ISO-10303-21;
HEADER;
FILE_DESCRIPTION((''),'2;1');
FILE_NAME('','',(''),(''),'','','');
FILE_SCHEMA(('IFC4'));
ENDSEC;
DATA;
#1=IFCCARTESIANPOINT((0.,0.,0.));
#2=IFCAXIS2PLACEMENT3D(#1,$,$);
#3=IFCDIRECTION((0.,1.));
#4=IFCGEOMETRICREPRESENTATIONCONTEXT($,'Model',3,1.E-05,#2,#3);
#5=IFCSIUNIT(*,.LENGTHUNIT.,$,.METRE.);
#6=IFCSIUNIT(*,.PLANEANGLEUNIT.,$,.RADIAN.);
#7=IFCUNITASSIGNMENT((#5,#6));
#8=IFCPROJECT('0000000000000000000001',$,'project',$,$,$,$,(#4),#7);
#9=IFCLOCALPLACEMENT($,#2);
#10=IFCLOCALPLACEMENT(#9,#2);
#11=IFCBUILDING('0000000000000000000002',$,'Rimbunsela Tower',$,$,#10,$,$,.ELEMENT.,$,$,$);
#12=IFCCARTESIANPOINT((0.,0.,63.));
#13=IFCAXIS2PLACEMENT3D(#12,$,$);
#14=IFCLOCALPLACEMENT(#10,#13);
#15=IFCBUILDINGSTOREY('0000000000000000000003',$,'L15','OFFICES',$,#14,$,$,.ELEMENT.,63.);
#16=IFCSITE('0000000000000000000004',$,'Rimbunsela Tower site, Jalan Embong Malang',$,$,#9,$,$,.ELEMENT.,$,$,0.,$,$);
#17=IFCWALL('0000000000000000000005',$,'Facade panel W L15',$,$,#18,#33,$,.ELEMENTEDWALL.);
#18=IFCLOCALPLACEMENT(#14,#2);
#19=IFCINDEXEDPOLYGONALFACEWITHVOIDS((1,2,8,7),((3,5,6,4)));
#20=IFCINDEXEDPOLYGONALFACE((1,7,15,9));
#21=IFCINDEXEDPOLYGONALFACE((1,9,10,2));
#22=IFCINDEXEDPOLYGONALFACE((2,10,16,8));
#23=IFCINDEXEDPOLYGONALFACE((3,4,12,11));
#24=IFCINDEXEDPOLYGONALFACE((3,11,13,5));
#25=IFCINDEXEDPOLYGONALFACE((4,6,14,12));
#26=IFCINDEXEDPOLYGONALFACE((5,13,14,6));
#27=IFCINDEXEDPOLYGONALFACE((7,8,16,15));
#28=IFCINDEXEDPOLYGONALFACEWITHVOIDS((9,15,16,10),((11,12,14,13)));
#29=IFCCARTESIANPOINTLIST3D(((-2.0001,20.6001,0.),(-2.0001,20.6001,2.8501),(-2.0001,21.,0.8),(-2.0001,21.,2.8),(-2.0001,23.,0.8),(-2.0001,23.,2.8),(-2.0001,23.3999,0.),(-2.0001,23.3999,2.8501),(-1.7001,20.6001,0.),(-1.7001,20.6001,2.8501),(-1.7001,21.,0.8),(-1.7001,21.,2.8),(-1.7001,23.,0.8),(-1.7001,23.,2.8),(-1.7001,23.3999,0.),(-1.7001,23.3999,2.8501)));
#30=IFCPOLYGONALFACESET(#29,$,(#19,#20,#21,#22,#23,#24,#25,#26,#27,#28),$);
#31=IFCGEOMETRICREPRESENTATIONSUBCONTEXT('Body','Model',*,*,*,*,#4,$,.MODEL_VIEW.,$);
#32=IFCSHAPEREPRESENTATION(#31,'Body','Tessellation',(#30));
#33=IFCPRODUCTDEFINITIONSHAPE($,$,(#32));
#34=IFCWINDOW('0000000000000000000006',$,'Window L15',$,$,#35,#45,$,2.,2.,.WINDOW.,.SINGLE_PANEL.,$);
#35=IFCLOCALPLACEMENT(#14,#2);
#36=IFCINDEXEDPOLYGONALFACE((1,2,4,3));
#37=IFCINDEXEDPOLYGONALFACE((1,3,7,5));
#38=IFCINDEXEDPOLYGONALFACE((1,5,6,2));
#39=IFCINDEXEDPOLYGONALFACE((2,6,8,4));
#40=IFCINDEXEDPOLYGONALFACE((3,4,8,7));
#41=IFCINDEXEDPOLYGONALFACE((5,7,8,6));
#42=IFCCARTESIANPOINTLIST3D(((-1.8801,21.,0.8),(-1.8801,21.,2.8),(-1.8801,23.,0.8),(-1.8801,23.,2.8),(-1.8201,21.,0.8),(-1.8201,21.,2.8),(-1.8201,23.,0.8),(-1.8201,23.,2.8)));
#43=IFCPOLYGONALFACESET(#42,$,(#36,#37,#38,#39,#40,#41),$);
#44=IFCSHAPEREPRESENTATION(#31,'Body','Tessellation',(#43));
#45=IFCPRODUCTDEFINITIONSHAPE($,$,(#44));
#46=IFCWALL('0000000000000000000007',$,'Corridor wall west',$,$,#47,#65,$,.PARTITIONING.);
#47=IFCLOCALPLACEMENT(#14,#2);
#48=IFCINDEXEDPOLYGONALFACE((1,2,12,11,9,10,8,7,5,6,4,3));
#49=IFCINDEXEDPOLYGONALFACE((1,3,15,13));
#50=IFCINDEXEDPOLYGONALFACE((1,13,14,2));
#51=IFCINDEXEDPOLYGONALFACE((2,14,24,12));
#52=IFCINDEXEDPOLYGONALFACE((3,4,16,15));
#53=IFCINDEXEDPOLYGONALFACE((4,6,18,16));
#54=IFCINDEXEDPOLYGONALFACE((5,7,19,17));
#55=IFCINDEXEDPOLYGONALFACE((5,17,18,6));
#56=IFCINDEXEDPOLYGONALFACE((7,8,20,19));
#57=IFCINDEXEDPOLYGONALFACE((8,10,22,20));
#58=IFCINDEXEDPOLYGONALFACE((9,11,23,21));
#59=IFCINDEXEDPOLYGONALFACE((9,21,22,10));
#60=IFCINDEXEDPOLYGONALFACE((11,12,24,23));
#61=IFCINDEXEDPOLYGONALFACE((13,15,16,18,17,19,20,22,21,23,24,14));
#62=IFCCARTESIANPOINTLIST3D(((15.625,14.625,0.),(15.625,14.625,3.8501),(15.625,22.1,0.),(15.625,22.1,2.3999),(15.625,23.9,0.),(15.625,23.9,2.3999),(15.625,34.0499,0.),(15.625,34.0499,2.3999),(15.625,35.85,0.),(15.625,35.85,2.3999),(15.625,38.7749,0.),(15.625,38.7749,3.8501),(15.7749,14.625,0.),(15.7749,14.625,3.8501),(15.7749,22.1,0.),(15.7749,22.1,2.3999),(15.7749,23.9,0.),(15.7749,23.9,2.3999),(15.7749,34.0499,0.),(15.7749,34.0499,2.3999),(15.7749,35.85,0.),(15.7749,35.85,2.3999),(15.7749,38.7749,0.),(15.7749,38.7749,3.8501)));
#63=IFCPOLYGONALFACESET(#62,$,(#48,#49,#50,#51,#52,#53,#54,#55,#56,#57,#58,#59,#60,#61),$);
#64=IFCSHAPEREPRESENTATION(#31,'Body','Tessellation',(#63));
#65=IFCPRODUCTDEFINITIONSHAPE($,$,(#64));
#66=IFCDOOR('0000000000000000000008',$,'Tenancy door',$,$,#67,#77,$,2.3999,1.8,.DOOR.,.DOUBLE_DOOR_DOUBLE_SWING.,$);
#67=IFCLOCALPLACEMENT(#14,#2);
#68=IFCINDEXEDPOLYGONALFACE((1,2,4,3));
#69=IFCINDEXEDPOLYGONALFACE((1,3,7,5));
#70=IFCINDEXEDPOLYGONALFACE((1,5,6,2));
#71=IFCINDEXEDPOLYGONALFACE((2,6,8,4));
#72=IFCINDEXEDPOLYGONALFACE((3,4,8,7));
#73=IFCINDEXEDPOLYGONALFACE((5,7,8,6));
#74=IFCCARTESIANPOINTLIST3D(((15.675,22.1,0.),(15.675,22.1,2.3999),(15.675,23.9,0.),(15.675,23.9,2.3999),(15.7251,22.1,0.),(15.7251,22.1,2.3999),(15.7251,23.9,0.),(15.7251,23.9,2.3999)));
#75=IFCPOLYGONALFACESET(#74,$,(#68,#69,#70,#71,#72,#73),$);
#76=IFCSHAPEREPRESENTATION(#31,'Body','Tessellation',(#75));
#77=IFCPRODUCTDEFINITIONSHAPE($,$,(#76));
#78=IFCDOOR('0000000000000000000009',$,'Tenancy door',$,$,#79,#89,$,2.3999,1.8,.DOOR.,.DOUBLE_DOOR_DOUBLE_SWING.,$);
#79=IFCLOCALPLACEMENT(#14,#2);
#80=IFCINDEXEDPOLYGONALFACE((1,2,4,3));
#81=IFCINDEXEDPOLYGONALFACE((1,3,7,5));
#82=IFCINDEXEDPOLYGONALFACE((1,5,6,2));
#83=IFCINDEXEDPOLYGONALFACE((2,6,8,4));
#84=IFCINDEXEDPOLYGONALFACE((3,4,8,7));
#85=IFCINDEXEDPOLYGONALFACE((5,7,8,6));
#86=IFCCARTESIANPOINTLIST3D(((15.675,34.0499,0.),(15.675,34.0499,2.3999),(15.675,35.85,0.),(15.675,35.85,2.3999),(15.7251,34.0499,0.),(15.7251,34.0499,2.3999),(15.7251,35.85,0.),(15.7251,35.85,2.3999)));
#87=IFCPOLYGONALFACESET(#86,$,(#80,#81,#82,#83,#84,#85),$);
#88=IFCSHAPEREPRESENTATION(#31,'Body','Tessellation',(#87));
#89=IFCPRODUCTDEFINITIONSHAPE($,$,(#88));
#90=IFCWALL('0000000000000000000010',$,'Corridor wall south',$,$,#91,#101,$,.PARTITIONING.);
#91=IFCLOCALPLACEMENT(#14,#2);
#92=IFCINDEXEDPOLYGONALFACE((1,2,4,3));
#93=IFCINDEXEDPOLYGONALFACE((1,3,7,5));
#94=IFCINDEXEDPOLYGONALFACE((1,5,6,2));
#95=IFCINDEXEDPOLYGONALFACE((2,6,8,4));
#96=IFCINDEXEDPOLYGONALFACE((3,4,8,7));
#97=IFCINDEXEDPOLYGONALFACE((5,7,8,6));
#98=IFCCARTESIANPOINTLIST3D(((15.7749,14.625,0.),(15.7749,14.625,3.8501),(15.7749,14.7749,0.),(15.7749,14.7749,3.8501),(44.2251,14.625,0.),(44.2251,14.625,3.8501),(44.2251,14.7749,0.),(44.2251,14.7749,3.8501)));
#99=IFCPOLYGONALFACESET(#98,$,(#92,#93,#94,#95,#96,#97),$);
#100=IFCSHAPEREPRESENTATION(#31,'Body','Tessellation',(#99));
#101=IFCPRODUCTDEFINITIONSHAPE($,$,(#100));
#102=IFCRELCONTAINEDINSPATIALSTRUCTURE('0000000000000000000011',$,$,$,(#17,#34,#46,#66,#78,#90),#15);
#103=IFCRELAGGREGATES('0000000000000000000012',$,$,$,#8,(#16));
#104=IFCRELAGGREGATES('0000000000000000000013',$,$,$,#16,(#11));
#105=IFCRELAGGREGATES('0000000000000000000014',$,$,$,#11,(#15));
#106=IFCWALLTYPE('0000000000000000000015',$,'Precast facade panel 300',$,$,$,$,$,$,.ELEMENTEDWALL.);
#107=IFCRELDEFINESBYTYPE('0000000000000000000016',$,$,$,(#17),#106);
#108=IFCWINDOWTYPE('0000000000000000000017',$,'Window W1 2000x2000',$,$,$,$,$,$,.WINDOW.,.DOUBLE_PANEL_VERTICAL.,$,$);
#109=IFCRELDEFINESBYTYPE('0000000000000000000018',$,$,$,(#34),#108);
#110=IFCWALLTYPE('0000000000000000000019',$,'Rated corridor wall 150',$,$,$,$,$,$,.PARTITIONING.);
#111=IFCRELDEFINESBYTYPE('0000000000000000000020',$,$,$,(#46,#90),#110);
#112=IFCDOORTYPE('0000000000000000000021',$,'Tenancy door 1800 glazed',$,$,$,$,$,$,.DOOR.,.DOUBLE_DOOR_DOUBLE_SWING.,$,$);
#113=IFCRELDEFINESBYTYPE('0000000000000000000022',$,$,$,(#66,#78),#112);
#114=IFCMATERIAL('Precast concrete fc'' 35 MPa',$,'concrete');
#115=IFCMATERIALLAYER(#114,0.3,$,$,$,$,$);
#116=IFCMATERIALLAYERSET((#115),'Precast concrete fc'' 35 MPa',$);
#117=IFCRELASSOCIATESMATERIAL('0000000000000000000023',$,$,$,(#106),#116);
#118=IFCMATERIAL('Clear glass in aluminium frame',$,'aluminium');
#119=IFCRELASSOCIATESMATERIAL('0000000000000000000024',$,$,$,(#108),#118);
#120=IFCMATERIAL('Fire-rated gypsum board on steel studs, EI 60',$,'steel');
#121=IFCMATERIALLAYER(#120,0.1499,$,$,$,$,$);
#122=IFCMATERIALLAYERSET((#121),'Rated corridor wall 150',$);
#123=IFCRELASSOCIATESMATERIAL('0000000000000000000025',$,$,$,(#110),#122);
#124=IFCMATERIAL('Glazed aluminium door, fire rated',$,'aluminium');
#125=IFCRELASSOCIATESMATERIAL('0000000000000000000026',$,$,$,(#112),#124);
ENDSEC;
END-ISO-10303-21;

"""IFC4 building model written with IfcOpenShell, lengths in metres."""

from ifc_helpers import new_model, si_unit, direction, frame, frame_2d, origin, place, context, subcontext, project, spatial, rectangle, extrude, material, layer, layer_set, type_object, element, fill, save


model = new_model("IFC4")

# Units and contexts
model_context = context("Model", 3, precision=1e-05, world=origin(), true_north=direction((0.0, 1.0)))
body_context = subcontext(model_context, "Body", "Model", "MODEL_VIEW")
ifc_project = project(units=[si_unit("LENGTHUNIT", "METRE"), si_unit("PLANEANGLEUNIT", "RADIAN")], contexts=[model_context])

# Site, building, storey
site_placement = place(None, origin())
site = spatial("IfcSite", under=ifc_project, at=site_placement, Name="Rimbunsela Tower site, Jalan Embong Malang", CompositionType="ELEMENT", RefElevation=0.0)
building_placement = place(site_placement, origin())
building = spatial("IfcBuilding", under=site, at=building_placement, Name="Rimbunsela Tower", CompositionType="ELEMENT")
storey_placement = place(building_placement, frame((0.0, 0.0, 63.0)))
storey = spatial("IfcBuildingStorey", under=building, at=storey_placement, Name="L15", Description="OFFICES", CompositionType="ELEMENT", Elevation=63.0)

# Wall, opening, window
ifc_material_1 = material(Name="Precast concrete fc' 35 MPa", Category="concrete")
ifc_layer_1 = layer(ifc_material_1, 0.3)
ifc_layer_set_1 = layer_set([ifc_layer_1], Name="Precast concrete fc' 35 MPa")
wall_type_1 = type_object("IfcWallType", Name="Precast facade panel 300", PredefinedType="ELEMENTEDWALL", material=ifc_layer_set_1)
wall_1_placement = place(storey_placement, frame((-1.8501, 23.3999, 0.0), z_axis=(0.0, 0.0, 1.0), x_axis=(0.0, -1.0, 0.0)))
wall_1 = element("IfcWall", 1, at=wall_1_placement, inside=storey, type_object=wall_type_1, Name="Facade panel W L15", PredefinedType="ELEMENTEDWALL", context=body_context, shape_type="SweptSolid", body=[
    extrude(rectangle(XDim=2.7998, YDim=0.3, at=frame_2d((1.3999, 0.0))), origin(), (0.0, 0.0, 1.0), 2.8501),
])
opening_1_placement = place(wall_1_placement, frame((0.3999, 0.0, 0.8)))
opening_1 = element("IfcOpeningElement", 2, at=opening_1_placement, cuts=wall_1, PredefinedType="OPENING", context=body_context, shape_type="SweptSolid", body=[
    extrude(rectangle(XDim=2.0, YDim=2.0, at=frame_2d((1.0, 1.0))), frame((0.0, 0.1599, 0.0), z_axis=(0.0, -1.0, 0.0), x_axis=(1.0, 0.0, 0.0)), (0.0, 0.0, 1.0), 0.3201),
])
ifc_material_2 = material(Name="Clear glass in aluminium frame", Category="aluminium")
window_type = type_object("IfcWindowType", Name="Window W1 2000x2000", PartitioningType="DOUBLE_PANEL_VERTICAL", PredefinedType="WINDOW", material=ifc_material_2)
window_placement = place(opening_1_placement, origin())
window = element("IfcWindow", 3, at=window_placement, inside=storey, type_object=window_type, Name="Window L15", OverallHeight=2.0, OverallWidth=2.0, PartitioningType="SINGLE_PANEL", PredefinedType="WINDOW", context=body_context, shape_type="SweptSolid", body=[
    extrude(rectangle(XDim=2.0, YDim=2.0, at=frame_2d((1.0, 1.0))), frame((0.0, 0.03, 0.0), z_axis=(0.0, -1.0, 0.0), x_axis=(1.0, 0.0, 0.0)), (0.0, 0.0, 1.0), 0.0601),
])
fill(opening_1, window)

# Wall, openings, doors
ifc_material_3 = material(Name="Fire-rated gypsum board on steel studs, EI 60", Category="steel")
ifc_layer_2 = layer(ifc_material_3, 0.1499)
ifc_layer_set_2 = layer_set([ifc_layer_2], Name="Rated corridor wall 150")
wall_type_2 = type_object("IfcWallType", Name="Rated corridor wall 150", PredefinedType="PARTITIONING", material=ifc_layer_set_2)
wall_2_placement = place(storey_placement, frame((15.7, 14.625, 0.0), z_axis=(0.0, 0.0, 1.0), x_axis=(0.0, 1.0, 0.0)))
wall_2 = element("IfcWall", 4, at=wall_2_placement, inside=storey, type_object=wall_type_2, Name="Corridor wall west", PredefinedType="PARTITIONING", context=body_context, shape_type="SweptSolid", body=[
    extrude(rectangle(XDim=24.1499, YDim=0.1499, at=frame_2d((12.075, 0.0))), origin(), (0.0, 0.0, 1.0), 3.8501),
])
opening_2_placement = place(wall_2_placement, frame((7.4751, 0.0, 0.0)))
opening_2 = element("IfcOpeningElement", 5, at=opening_2_placement, cuts=wall_2, PredefinedType="OPENING", context=body_context, shape_type="SweptSolid", body=[
    extrude(rectangle(XDim=1.8, YDim=2.3999, at=frame_2d((0.8999, 1.2))), frame((0.0, 0.085, 0.0), z_axis=(0.0, -1.0, 0.0), x_axis=(1.0, 0.0, 0.0)), (0.0, 0.0, 1.0), 0.1699),
])
opening_3_placement = place(wall_2_placement, frame((19.425, 0.0, 0.0)))
opening_3 = element("IfcOpeningElement", 6, at=opening_3_placement, cuts=wall_2, PredefinedType="OPENING", context=body_context, shape_type="SweptSolid", body=[
    extrude(rectangle(XDim=1.8, YDim=2.3999, at=frame_2d((0.8999, 1.2))), frame((0.0, 0.085, 0.0), z_axis=(0.0, -1.0, 0.0), x_axis=(1.0, 0.0, 0.0)), (0.0, 0.0, 1.0), 0.1699),
])
ifc_material_4 = material(Name="Glazed aluminium door, fire rated", Category="aluminium")
door_type_1 = type_object("IfcDoorType", Name="Tenancy door 1800 glazed", OperationType="DOUBLE_DOOR_DOUBLE_SWING", PredefinedType="DOOR", material=ifc_material_4)
door_1_placement = place(opening_2_placement, origin())
door_1 = element("IfcDoor", 7, at=door_1_placement, inside=storey, type_object=door_type_1, Name="Tenancy door", OperationType="DOUBLE_DOOR_DOUBLE_SWING", OverallHeight=2.3999, OverallWidth=1.8, PredefinedType="DOOR", context=body_context, shape_type="SweptSolid", body=[
    extrude(rectangle(XDim=1.8, YDim=2.3999, at=frame_2d((0.8999, 1.2))), frame((0.0, 0.0249, 0.0), z_axis=(0.0, -1.0, 0.0), x_axis=(1.0, 0.0, 0.0)), (0.0, 0.0, 1.0), 0.05),
])
fill(opening_2, door_1)
door_2_placement = place(opening_3_placement, origin())
door_2 = element("IfcDoor", 8, at=door_2_placement, inside=storey, type_object=door_type_1, Name="Tenancy door", OperationType="DOUBLE_DOOR_DOUBLE_SWING", OverallHeight=2.3999, OverallWidth=1.8, PredefinedType="DOOR", context=body_context, shape_type="SweptSolid", body=[
    extrude(rectangle(XDim=1.8, YDim=2.3999, at=frame_2d((0.8999, 1.2))), frame((0.0, 0.0249, 0.0), z_axis=(0.0, -1.0, 0.0), x_axis=(1.0, 0.0, 0.0)), (0.0, 0.0, 1.0), 0.05),
])
fill(opening_3, door_2)

# Wall
wall_3_placement = place(storey_placement, frame((15.7749, 14.7, 0.0), z_axis=(0.0, 0.0, 1.0), x_axis=(1.0, 0.0, 0.0)))
element("IfcWall", 9, at=wall_3_placement, inside=storey, type_object=wall_type_2, Name="Corridor wall south", PredefinedType="PARTITIONING", context=body_context, shape_type="SweptSolid", body=[
    extrude(rectangle(XDim=28.4502, YDim=0.1499, at=frame_2d((14.2251, 0.0))), origin(), (0.0, 0.0, 1.0), 3.8501),
])

save(model, "model.ifc")
